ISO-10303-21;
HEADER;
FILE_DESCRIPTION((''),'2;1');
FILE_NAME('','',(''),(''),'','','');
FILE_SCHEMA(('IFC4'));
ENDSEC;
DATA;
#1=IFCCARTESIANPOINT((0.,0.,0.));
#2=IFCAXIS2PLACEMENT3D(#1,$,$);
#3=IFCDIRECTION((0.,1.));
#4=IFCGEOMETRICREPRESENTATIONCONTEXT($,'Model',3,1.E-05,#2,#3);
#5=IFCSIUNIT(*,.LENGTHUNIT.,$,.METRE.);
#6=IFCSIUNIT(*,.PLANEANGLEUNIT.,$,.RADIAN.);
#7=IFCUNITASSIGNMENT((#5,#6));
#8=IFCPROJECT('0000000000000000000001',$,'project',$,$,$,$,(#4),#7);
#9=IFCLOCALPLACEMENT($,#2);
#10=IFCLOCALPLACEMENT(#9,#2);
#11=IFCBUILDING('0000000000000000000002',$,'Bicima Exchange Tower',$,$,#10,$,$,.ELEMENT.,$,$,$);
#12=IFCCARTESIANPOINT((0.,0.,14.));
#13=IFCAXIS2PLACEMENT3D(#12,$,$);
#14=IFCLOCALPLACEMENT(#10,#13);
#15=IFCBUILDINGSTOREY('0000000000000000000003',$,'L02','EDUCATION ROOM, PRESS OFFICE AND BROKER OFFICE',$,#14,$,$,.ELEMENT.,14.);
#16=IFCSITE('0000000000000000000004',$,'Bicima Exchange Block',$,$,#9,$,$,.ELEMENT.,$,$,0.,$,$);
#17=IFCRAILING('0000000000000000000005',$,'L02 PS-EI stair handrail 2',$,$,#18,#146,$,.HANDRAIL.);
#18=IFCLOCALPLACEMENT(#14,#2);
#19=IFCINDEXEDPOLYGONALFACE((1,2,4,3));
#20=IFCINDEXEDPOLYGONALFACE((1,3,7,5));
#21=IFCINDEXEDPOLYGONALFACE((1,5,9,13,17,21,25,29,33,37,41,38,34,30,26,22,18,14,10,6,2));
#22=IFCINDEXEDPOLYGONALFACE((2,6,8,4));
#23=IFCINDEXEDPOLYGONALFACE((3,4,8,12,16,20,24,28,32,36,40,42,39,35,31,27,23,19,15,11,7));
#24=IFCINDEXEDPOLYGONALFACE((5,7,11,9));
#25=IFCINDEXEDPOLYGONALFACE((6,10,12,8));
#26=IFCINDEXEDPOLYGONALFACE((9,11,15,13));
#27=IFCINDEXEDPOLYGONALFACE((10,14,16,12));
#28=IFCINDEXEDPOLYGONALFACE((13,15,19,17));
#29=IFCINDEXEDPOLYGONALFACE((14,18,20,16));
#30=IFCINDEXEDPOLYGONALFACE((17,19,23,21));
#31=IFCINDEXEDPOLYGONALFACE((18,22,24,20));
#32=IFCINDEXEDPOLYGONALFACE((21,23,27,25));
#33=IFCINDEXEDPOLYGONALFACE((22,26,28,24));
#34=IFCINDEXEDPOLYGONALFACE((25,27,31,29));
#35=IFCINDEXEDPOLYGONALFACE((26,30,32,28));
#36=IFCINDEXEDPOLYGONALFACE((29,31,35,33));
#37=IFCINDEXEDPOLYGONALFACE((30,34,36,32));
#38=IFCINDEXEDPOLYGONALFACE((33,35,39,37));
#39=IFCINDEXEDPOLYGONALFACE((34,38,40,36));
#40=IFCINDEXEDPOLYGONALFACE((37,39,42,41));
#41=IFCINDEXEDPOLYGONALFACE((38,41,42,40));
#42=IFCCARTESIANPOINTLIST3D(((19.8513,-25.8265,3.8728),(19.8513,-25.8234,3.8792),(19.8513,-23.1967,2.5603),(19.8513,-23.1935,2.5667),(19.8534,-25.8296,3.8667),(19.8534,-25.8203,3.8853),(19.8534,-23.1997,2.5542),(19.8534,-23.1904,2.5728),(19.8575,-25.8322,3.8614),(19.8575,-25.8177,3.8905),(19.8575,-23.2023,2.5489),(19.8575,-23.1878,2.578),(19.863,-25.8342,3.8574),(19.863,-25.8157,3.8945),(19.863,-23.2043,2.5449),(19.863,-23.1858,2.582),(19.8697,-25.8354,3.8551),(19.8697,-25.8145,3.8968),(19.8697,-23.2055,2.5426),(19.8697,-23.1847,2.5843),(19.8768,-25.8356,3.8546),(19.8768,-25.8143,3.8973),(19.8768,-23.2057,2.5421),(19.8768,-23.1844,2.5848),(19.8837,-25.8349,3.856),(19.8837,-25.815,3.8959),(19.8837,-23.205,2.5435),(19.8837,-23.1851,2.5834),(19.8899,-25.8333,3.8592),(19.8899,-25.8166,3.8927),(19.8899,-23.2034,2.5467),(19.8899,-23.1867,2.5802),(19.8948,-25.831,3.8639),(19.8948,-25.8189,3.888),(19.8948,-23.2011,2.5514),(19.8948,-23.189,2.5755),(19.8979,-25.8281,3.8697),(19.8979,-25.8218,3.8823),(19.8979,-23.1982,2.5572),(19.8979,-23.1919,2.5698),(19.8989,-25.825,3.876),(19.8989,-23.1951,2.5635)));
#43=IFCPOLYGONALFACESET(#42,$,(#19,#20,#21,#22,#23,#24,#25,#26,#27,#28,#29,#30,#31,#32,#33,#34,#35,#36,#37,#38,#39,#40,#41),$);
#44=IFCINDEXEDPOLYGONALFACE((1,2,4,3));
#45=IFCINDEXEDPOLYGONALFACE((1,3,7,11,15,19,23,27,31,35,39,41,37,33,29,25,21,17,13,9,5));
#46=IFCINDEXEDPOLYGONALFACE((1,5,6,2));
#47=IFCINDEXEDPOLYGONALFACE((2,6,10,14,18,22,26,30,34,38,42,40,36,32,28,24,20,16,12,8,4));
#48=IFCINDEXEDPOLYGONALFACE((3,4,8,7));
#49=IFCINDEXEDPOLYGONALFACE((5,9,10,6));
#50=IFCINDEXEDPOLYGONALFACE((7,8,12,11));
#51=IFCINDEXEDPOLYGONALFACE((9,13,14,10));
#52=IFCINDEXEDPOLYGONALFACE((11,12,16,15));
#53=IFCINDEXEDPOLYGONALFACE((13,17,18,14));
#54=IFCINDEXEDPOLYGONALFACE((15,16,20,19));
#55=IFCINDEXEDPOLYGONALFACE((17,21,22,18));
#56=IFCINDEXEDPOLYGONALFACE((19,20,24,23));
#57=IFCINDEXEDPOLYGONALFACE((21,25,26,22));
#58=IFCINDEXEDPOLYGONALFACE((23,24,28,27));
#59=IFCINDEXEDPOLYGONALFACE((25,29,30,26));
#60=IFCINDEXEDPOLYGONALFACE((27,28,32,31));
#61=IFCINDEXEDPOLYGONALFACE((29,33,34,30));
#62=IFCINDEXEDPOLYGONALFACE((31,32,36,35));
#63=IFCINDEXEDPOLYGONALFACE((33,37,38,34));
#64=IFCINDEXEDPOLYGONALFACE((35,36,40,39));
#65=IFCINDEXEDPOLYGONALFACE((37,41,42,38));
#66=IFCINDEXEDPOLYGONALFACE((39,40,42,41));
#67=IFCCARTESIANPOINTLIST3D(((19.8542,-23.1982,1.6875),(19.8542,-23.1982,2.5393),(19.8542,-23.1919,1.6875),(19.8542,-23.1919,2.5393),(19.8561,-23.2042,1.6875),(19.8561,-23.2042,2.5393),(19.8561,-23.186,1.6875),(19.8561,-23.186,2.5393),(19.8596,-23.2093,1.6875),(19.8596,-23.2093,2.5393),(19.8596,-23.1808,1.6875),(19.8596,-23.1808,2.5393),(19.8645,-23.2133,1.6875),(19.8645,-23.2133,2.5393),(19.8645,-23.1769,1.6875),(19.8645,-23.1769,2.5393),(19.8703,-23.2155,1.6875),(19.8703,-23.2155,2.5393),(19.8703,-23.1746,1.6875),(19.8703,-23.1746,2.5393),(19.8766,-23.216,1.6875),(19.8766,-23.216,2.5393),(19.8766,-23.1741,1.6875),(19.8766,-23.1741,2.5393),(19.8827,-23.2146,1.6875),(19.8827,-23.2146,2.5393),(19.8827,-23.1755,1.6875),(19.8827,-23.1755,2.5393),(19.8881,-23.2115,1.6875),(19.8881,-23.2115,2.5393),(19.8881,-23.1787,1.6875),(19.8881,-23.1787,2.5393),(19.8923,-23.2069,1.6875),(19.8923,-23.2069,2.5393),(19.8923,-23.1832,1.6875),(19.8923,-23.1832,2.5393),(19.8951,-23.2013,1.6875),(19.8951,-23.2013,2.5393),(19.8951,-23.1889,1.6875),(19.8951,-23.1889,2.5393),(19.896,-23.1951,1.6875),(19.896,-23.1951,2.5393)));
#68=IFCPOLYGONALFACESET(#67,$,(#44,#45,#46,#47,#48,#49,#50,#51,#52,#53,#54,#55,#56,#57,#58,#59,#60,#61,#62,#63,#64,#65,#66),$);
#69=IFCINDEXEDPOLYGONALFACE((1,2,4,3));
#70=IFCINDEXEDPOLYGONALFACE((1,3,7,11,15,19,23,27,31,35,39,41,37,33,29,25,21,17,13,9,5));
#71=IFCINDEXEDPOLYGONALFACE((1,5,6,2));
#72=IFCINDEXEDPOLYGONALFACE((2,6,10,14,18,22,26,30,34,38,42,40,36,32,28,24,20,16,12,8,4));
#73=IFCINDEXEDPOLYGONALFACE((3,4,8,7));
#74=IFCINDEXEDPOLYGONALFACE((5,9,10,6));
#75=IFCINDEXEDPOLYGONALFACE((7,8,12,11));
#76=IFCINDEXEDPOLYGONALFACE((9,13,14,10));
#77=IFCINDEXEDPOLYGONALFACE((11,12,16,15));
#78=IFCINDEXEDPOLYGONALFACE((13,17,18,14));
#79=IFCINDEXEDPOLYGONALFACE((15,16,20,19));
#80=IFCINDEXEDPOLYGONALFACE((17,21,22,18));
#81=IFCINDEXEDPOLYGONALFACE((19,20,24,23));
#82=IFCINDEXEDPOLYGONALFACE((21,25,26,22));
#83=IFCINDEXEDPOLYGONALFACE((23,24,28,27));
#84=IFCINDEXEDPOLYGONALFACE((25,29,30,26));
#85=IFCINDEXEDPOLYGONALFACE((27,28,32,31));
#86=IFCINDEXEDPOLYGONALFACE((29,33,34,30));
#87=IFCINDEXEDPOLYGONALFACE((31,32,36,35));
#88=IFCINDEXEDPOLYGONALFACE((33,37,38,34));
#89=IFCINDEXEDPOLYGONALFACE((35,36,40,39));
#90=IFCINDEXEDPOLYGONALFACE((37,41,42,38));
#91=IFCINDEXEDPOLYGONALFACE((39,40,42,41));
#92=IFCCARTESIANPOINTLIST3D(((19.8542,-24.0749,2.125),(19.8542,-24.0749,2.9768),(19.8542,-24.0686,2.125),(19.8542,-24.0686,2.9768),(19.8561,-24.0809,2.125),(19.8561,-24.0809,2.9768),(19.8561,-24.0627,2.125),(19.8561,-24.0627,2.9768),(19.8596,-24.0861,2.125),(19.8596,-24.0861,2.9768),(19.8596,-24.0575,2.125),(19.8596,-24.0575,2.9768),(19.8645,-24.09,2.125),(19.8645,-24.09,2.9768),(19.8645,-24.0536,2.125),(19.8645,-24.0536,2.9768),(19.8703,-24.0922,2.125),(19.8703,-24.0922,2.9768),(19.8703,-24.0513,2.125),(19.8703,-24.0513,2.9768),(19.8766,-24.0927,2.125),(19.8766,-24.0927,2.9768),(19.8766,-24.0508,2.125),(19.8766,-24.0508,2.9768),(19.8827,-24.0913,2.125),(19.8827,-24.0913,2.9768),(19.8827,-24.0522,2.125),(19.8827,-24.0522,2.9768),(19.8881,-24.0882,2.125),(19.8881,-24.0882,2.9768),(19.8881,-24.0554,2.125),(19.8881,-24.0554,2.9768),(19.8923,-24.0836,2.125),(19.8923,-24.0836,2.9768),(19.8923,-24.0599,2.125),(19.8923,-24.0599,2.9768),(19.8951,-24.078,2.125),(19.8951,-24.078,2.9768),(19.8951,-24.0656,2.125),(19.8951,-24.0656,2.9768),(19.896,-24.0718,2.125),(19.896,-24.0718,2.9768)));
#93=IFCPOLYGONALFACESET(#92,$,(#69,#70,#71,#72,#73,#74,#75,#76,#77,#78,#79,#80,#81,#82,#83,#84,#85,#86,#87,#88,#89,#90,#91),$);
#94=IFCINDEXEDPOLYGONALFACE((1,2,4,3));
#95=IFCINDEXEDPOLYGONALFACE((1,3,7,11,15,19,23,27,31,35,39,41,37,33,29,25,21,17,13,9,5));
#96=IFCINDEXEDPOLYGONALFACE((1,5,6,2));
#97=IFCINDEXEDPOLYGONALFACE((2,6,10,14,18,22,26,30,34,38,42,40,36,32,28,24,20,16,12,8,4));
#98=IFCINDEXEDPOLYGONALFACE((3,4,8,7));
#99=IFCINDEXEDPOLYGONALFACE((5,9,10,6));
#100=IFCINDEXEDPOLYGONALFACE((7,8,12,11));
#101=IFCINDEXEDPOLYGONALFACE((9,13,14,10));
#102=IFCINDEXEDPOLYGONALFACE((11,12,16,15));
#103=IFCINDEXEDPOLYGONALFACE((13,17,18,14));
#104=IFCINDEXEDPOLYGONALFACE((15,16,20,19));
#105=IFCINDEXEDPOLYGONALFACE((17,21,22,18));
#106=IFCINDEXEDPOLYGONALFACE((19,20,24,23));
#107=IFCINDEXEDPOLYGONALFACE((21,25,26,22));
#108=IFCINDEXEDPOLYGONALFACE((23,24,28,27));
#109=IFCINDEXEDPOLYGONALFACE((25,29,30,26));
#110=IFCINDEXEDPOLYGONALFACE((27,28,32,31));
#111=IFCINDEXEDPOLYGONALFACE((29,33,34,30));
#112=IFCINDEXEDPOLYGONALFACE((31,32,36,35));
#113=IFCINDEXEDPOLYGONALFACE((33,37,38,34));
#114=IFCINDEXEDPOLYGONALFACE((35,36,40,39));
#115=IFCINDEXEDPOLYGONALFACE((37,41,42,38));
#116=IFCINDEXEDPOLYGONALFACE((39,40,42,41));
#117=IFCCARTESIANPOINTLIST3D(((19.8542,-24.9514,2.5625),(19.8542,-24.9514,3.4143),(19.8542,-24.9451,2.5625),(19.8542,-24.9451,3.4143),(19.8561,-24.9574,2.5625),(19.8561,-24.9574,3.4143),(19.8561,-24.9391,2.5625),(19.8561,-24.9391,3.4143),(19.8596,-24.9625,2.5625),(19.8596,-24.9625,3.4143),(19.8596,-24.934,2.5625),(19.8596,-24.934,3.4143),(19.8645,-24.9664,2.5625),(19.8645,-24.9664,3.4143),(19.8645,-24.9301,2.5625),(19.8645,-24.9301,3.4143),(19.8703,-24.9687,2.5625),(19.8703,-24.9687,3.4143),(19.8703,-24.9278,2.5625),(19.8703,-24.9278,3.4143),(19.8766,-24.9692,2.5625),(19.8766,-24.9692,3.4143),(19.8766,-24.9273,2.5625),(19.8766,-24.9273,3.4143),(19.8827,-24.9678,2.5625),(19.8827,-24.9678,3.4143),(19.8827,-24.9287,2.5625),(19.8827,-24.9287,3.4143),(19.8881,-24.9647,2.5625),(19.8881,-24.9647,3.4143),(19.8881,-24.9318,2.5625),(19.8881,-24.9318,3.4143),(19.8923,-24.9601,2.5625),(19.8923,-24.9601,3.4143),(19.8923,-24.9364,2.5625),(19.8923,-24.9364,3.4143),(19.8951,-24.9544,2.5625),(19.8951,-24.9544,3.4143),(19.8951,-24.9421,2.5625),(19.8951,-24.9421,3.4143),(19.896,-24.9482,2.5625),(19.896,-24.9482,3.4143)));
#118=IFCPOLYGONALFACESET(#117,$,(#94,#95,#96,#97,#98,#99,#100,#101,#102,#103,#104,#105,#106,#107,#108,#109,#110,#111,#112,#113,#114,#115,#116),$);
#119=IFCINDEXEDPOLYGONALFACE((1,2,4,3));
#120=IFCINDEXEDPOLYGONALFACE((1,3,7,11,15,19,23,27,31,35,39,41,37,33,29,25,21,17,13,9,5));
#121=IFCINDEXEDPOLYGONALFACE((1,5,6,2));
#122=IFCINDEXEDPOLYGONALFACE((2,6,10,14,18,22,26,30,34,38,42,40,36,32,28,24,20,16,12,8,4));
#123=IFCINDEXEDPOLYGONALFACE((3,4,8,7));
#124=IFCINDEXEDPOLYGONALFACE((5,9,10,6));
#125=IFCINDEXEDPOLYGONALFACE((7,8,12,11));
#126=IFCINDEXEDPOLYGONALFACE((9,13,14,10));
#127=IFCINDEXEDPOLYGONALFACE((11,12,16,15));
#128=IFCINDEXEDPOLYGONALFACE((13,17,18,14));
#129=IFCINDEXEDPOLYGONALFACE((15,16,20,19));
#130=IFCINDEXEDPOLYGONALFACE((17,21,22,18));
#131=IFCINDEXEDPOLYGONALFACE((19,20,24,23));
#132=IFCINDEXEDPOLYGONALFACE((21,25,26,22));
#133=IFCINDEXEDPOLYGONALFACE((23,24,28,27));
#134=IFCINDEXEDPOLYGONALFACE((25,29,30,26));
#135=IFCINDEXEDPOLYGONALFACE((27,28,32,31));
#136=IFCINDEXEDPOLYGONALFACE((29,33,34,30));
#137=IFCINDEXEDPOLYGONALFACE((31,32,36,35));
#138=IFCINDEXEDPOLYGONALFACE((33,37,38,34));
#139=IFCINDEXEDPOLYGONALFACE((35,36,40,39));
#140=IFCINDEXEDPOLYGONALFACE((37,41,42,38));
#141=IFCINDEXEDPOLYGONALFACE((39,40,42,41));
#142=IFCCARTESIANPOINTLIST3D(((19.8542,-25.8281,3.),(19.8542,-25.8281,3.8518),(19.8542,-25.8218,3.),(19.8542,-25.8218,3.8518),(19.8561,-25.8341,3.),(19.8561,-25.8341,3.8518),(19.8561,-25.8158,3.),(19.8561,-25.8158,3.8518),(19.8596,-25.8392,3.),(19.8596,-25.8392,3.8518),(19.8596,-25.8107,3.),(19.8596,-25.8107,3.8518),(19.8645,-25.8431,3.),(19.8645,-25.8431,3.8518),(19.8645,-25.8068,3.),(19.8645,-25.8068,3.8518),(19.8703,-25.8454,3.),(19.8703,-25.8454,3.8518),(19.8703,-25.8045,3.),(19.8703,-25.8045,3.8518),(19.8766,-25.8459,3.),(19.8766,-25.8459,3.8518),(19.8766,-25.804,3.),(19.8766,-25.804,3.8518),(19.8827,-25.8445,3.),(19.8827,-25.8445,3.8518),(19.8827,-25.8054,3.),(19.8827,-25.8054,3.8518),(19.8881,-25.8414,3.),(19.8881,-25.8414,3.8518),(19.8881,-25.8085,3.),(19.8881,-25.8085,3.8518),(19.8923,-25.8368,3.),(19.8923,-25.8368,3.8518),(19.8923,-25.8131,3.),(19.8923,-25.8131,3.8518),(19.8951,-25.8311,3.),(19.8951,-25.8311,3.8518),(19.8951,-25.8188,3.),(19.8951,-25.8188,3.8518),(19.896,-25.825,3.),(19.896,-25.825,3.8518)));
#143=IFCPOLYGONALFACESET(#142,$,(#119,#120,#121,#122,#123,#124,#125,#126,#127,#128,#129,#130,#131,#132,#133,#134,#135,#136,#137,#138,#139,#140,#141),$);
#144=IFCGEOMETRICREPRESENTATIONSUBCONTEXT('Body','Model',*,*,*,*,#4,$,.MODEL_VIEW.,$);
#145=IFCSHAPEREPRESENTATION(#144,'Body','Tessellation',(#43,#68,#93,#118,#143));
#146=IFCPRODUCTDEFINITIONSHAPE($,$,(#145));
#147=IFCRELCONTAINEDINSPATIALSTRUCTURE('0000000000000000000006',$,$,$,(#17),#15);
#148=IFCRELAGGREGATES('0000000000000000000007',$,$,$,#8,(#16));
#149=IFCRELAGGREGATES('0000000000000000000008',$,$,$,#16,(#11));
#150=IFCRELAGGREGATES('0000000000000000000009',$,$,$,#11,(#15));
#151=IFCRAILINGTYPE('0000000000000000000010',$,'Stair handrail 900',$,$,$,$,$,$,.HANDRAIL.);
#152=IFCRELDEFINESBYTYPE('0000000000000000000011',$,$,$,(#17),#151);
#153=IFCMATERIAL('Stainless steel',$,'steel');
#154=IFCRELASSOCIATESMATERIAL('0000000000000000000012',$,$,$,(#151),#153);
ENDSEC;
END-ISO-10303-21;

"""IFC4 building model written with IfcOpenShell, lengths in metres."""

from ifc_helpers import new_model, si_unit, direction, frame, origin, origin_2d, place, context, subcontext, project, spatial, circle, extrude, material, type_object, element, save


model = new_model("IFC4")

# Units and contexts
model_context = context("Model", 3, precision=1e-05, world=origin(), true_north=direction((0.0, 1.0)))
body_context = subcontext(model_context, "Body", "Model", "MODEL_VIEW")
ifc_project = project(units=[si_unit("LENGTHUNIT", "METRE"), si_unit("PLANEANGLEUNIT", "RADIAN")], contexts=[model_context])

# Site, building, storey
site_placement = place(None, origin())
site = spatial("IfcSite", under=ifc_project, at=site_placement, Name="Bicima Exchange Block", CompositionType="ELEMENT", RefElevation=0.0)
building_placement = place(site_placement, origin())
building = spatial("IfcBuilding", under=site, at=building_placement, Name="Bicima Exchange Tower", CompositionType="ELEMENT")
storey_placement = place(building_placement, frame((0.0, 0.0, 14.0)))
storey = spatial("IfcBuildingStorey", under=building, at=storey_placement, Name="L02", Description="EDUCATION ROOM, PRESS OFFICE AND BROKER OFFICE", CompositionType="ELEMENT", Elevation=14.0)

# Railing
ifc_material_1 = material(Name="Stainless steel", Category="steel")
railing_type_1 = type_object("IfcRailingType", Name="Stair handrail 900", PredefinedType="HANDRAIL", material=ifc_material_1)
railing_1_placement = place(storey_placement, frame((19.875, -23.1951, 1.6875)))
element("IfcRailing", 1, at=railing_1_placement, inside=storey, type_object=railing_type_1, Name="L02 PS-EI stair handrail 2", PredefinedType="HANDRAIL", context=body_context, shape_type="SweptSolid", body=[
    extrude(circle(Radius=0.0239, at=origin_2d()), frame((0.0, 0.0, 0.876), z_axis=(0.0, -0.894759, 0.446549), x_axis=(1.0, 0.0, 0.0)), (0.0, 0.0, 1.0), 2.9392),
    extrude(circle(Radius=0.021, at=origin_2d()), origin(), (0.0, 0.0, 1.0), 0.8518),
    extrude(circle(Radius=0.021, at=origin_2d()), frame((0.0, -0.8767, 0.4375)), (0.0, 0.0, 1.0), 0.8518),
    extrude(circle(Radius=0.021, at=origin_2d()), frame((0.0, -1.7532, 0.875)), (0.0, 0.0, 1.0), 0.8518),
    extrude(circle(Radius=0.021, at=origin_2d()), frame((0.0, -2.6299, 1.3125)), (0.0, 0.0, 1.0), 0.8518),
])

save(model, "model.ifc")
